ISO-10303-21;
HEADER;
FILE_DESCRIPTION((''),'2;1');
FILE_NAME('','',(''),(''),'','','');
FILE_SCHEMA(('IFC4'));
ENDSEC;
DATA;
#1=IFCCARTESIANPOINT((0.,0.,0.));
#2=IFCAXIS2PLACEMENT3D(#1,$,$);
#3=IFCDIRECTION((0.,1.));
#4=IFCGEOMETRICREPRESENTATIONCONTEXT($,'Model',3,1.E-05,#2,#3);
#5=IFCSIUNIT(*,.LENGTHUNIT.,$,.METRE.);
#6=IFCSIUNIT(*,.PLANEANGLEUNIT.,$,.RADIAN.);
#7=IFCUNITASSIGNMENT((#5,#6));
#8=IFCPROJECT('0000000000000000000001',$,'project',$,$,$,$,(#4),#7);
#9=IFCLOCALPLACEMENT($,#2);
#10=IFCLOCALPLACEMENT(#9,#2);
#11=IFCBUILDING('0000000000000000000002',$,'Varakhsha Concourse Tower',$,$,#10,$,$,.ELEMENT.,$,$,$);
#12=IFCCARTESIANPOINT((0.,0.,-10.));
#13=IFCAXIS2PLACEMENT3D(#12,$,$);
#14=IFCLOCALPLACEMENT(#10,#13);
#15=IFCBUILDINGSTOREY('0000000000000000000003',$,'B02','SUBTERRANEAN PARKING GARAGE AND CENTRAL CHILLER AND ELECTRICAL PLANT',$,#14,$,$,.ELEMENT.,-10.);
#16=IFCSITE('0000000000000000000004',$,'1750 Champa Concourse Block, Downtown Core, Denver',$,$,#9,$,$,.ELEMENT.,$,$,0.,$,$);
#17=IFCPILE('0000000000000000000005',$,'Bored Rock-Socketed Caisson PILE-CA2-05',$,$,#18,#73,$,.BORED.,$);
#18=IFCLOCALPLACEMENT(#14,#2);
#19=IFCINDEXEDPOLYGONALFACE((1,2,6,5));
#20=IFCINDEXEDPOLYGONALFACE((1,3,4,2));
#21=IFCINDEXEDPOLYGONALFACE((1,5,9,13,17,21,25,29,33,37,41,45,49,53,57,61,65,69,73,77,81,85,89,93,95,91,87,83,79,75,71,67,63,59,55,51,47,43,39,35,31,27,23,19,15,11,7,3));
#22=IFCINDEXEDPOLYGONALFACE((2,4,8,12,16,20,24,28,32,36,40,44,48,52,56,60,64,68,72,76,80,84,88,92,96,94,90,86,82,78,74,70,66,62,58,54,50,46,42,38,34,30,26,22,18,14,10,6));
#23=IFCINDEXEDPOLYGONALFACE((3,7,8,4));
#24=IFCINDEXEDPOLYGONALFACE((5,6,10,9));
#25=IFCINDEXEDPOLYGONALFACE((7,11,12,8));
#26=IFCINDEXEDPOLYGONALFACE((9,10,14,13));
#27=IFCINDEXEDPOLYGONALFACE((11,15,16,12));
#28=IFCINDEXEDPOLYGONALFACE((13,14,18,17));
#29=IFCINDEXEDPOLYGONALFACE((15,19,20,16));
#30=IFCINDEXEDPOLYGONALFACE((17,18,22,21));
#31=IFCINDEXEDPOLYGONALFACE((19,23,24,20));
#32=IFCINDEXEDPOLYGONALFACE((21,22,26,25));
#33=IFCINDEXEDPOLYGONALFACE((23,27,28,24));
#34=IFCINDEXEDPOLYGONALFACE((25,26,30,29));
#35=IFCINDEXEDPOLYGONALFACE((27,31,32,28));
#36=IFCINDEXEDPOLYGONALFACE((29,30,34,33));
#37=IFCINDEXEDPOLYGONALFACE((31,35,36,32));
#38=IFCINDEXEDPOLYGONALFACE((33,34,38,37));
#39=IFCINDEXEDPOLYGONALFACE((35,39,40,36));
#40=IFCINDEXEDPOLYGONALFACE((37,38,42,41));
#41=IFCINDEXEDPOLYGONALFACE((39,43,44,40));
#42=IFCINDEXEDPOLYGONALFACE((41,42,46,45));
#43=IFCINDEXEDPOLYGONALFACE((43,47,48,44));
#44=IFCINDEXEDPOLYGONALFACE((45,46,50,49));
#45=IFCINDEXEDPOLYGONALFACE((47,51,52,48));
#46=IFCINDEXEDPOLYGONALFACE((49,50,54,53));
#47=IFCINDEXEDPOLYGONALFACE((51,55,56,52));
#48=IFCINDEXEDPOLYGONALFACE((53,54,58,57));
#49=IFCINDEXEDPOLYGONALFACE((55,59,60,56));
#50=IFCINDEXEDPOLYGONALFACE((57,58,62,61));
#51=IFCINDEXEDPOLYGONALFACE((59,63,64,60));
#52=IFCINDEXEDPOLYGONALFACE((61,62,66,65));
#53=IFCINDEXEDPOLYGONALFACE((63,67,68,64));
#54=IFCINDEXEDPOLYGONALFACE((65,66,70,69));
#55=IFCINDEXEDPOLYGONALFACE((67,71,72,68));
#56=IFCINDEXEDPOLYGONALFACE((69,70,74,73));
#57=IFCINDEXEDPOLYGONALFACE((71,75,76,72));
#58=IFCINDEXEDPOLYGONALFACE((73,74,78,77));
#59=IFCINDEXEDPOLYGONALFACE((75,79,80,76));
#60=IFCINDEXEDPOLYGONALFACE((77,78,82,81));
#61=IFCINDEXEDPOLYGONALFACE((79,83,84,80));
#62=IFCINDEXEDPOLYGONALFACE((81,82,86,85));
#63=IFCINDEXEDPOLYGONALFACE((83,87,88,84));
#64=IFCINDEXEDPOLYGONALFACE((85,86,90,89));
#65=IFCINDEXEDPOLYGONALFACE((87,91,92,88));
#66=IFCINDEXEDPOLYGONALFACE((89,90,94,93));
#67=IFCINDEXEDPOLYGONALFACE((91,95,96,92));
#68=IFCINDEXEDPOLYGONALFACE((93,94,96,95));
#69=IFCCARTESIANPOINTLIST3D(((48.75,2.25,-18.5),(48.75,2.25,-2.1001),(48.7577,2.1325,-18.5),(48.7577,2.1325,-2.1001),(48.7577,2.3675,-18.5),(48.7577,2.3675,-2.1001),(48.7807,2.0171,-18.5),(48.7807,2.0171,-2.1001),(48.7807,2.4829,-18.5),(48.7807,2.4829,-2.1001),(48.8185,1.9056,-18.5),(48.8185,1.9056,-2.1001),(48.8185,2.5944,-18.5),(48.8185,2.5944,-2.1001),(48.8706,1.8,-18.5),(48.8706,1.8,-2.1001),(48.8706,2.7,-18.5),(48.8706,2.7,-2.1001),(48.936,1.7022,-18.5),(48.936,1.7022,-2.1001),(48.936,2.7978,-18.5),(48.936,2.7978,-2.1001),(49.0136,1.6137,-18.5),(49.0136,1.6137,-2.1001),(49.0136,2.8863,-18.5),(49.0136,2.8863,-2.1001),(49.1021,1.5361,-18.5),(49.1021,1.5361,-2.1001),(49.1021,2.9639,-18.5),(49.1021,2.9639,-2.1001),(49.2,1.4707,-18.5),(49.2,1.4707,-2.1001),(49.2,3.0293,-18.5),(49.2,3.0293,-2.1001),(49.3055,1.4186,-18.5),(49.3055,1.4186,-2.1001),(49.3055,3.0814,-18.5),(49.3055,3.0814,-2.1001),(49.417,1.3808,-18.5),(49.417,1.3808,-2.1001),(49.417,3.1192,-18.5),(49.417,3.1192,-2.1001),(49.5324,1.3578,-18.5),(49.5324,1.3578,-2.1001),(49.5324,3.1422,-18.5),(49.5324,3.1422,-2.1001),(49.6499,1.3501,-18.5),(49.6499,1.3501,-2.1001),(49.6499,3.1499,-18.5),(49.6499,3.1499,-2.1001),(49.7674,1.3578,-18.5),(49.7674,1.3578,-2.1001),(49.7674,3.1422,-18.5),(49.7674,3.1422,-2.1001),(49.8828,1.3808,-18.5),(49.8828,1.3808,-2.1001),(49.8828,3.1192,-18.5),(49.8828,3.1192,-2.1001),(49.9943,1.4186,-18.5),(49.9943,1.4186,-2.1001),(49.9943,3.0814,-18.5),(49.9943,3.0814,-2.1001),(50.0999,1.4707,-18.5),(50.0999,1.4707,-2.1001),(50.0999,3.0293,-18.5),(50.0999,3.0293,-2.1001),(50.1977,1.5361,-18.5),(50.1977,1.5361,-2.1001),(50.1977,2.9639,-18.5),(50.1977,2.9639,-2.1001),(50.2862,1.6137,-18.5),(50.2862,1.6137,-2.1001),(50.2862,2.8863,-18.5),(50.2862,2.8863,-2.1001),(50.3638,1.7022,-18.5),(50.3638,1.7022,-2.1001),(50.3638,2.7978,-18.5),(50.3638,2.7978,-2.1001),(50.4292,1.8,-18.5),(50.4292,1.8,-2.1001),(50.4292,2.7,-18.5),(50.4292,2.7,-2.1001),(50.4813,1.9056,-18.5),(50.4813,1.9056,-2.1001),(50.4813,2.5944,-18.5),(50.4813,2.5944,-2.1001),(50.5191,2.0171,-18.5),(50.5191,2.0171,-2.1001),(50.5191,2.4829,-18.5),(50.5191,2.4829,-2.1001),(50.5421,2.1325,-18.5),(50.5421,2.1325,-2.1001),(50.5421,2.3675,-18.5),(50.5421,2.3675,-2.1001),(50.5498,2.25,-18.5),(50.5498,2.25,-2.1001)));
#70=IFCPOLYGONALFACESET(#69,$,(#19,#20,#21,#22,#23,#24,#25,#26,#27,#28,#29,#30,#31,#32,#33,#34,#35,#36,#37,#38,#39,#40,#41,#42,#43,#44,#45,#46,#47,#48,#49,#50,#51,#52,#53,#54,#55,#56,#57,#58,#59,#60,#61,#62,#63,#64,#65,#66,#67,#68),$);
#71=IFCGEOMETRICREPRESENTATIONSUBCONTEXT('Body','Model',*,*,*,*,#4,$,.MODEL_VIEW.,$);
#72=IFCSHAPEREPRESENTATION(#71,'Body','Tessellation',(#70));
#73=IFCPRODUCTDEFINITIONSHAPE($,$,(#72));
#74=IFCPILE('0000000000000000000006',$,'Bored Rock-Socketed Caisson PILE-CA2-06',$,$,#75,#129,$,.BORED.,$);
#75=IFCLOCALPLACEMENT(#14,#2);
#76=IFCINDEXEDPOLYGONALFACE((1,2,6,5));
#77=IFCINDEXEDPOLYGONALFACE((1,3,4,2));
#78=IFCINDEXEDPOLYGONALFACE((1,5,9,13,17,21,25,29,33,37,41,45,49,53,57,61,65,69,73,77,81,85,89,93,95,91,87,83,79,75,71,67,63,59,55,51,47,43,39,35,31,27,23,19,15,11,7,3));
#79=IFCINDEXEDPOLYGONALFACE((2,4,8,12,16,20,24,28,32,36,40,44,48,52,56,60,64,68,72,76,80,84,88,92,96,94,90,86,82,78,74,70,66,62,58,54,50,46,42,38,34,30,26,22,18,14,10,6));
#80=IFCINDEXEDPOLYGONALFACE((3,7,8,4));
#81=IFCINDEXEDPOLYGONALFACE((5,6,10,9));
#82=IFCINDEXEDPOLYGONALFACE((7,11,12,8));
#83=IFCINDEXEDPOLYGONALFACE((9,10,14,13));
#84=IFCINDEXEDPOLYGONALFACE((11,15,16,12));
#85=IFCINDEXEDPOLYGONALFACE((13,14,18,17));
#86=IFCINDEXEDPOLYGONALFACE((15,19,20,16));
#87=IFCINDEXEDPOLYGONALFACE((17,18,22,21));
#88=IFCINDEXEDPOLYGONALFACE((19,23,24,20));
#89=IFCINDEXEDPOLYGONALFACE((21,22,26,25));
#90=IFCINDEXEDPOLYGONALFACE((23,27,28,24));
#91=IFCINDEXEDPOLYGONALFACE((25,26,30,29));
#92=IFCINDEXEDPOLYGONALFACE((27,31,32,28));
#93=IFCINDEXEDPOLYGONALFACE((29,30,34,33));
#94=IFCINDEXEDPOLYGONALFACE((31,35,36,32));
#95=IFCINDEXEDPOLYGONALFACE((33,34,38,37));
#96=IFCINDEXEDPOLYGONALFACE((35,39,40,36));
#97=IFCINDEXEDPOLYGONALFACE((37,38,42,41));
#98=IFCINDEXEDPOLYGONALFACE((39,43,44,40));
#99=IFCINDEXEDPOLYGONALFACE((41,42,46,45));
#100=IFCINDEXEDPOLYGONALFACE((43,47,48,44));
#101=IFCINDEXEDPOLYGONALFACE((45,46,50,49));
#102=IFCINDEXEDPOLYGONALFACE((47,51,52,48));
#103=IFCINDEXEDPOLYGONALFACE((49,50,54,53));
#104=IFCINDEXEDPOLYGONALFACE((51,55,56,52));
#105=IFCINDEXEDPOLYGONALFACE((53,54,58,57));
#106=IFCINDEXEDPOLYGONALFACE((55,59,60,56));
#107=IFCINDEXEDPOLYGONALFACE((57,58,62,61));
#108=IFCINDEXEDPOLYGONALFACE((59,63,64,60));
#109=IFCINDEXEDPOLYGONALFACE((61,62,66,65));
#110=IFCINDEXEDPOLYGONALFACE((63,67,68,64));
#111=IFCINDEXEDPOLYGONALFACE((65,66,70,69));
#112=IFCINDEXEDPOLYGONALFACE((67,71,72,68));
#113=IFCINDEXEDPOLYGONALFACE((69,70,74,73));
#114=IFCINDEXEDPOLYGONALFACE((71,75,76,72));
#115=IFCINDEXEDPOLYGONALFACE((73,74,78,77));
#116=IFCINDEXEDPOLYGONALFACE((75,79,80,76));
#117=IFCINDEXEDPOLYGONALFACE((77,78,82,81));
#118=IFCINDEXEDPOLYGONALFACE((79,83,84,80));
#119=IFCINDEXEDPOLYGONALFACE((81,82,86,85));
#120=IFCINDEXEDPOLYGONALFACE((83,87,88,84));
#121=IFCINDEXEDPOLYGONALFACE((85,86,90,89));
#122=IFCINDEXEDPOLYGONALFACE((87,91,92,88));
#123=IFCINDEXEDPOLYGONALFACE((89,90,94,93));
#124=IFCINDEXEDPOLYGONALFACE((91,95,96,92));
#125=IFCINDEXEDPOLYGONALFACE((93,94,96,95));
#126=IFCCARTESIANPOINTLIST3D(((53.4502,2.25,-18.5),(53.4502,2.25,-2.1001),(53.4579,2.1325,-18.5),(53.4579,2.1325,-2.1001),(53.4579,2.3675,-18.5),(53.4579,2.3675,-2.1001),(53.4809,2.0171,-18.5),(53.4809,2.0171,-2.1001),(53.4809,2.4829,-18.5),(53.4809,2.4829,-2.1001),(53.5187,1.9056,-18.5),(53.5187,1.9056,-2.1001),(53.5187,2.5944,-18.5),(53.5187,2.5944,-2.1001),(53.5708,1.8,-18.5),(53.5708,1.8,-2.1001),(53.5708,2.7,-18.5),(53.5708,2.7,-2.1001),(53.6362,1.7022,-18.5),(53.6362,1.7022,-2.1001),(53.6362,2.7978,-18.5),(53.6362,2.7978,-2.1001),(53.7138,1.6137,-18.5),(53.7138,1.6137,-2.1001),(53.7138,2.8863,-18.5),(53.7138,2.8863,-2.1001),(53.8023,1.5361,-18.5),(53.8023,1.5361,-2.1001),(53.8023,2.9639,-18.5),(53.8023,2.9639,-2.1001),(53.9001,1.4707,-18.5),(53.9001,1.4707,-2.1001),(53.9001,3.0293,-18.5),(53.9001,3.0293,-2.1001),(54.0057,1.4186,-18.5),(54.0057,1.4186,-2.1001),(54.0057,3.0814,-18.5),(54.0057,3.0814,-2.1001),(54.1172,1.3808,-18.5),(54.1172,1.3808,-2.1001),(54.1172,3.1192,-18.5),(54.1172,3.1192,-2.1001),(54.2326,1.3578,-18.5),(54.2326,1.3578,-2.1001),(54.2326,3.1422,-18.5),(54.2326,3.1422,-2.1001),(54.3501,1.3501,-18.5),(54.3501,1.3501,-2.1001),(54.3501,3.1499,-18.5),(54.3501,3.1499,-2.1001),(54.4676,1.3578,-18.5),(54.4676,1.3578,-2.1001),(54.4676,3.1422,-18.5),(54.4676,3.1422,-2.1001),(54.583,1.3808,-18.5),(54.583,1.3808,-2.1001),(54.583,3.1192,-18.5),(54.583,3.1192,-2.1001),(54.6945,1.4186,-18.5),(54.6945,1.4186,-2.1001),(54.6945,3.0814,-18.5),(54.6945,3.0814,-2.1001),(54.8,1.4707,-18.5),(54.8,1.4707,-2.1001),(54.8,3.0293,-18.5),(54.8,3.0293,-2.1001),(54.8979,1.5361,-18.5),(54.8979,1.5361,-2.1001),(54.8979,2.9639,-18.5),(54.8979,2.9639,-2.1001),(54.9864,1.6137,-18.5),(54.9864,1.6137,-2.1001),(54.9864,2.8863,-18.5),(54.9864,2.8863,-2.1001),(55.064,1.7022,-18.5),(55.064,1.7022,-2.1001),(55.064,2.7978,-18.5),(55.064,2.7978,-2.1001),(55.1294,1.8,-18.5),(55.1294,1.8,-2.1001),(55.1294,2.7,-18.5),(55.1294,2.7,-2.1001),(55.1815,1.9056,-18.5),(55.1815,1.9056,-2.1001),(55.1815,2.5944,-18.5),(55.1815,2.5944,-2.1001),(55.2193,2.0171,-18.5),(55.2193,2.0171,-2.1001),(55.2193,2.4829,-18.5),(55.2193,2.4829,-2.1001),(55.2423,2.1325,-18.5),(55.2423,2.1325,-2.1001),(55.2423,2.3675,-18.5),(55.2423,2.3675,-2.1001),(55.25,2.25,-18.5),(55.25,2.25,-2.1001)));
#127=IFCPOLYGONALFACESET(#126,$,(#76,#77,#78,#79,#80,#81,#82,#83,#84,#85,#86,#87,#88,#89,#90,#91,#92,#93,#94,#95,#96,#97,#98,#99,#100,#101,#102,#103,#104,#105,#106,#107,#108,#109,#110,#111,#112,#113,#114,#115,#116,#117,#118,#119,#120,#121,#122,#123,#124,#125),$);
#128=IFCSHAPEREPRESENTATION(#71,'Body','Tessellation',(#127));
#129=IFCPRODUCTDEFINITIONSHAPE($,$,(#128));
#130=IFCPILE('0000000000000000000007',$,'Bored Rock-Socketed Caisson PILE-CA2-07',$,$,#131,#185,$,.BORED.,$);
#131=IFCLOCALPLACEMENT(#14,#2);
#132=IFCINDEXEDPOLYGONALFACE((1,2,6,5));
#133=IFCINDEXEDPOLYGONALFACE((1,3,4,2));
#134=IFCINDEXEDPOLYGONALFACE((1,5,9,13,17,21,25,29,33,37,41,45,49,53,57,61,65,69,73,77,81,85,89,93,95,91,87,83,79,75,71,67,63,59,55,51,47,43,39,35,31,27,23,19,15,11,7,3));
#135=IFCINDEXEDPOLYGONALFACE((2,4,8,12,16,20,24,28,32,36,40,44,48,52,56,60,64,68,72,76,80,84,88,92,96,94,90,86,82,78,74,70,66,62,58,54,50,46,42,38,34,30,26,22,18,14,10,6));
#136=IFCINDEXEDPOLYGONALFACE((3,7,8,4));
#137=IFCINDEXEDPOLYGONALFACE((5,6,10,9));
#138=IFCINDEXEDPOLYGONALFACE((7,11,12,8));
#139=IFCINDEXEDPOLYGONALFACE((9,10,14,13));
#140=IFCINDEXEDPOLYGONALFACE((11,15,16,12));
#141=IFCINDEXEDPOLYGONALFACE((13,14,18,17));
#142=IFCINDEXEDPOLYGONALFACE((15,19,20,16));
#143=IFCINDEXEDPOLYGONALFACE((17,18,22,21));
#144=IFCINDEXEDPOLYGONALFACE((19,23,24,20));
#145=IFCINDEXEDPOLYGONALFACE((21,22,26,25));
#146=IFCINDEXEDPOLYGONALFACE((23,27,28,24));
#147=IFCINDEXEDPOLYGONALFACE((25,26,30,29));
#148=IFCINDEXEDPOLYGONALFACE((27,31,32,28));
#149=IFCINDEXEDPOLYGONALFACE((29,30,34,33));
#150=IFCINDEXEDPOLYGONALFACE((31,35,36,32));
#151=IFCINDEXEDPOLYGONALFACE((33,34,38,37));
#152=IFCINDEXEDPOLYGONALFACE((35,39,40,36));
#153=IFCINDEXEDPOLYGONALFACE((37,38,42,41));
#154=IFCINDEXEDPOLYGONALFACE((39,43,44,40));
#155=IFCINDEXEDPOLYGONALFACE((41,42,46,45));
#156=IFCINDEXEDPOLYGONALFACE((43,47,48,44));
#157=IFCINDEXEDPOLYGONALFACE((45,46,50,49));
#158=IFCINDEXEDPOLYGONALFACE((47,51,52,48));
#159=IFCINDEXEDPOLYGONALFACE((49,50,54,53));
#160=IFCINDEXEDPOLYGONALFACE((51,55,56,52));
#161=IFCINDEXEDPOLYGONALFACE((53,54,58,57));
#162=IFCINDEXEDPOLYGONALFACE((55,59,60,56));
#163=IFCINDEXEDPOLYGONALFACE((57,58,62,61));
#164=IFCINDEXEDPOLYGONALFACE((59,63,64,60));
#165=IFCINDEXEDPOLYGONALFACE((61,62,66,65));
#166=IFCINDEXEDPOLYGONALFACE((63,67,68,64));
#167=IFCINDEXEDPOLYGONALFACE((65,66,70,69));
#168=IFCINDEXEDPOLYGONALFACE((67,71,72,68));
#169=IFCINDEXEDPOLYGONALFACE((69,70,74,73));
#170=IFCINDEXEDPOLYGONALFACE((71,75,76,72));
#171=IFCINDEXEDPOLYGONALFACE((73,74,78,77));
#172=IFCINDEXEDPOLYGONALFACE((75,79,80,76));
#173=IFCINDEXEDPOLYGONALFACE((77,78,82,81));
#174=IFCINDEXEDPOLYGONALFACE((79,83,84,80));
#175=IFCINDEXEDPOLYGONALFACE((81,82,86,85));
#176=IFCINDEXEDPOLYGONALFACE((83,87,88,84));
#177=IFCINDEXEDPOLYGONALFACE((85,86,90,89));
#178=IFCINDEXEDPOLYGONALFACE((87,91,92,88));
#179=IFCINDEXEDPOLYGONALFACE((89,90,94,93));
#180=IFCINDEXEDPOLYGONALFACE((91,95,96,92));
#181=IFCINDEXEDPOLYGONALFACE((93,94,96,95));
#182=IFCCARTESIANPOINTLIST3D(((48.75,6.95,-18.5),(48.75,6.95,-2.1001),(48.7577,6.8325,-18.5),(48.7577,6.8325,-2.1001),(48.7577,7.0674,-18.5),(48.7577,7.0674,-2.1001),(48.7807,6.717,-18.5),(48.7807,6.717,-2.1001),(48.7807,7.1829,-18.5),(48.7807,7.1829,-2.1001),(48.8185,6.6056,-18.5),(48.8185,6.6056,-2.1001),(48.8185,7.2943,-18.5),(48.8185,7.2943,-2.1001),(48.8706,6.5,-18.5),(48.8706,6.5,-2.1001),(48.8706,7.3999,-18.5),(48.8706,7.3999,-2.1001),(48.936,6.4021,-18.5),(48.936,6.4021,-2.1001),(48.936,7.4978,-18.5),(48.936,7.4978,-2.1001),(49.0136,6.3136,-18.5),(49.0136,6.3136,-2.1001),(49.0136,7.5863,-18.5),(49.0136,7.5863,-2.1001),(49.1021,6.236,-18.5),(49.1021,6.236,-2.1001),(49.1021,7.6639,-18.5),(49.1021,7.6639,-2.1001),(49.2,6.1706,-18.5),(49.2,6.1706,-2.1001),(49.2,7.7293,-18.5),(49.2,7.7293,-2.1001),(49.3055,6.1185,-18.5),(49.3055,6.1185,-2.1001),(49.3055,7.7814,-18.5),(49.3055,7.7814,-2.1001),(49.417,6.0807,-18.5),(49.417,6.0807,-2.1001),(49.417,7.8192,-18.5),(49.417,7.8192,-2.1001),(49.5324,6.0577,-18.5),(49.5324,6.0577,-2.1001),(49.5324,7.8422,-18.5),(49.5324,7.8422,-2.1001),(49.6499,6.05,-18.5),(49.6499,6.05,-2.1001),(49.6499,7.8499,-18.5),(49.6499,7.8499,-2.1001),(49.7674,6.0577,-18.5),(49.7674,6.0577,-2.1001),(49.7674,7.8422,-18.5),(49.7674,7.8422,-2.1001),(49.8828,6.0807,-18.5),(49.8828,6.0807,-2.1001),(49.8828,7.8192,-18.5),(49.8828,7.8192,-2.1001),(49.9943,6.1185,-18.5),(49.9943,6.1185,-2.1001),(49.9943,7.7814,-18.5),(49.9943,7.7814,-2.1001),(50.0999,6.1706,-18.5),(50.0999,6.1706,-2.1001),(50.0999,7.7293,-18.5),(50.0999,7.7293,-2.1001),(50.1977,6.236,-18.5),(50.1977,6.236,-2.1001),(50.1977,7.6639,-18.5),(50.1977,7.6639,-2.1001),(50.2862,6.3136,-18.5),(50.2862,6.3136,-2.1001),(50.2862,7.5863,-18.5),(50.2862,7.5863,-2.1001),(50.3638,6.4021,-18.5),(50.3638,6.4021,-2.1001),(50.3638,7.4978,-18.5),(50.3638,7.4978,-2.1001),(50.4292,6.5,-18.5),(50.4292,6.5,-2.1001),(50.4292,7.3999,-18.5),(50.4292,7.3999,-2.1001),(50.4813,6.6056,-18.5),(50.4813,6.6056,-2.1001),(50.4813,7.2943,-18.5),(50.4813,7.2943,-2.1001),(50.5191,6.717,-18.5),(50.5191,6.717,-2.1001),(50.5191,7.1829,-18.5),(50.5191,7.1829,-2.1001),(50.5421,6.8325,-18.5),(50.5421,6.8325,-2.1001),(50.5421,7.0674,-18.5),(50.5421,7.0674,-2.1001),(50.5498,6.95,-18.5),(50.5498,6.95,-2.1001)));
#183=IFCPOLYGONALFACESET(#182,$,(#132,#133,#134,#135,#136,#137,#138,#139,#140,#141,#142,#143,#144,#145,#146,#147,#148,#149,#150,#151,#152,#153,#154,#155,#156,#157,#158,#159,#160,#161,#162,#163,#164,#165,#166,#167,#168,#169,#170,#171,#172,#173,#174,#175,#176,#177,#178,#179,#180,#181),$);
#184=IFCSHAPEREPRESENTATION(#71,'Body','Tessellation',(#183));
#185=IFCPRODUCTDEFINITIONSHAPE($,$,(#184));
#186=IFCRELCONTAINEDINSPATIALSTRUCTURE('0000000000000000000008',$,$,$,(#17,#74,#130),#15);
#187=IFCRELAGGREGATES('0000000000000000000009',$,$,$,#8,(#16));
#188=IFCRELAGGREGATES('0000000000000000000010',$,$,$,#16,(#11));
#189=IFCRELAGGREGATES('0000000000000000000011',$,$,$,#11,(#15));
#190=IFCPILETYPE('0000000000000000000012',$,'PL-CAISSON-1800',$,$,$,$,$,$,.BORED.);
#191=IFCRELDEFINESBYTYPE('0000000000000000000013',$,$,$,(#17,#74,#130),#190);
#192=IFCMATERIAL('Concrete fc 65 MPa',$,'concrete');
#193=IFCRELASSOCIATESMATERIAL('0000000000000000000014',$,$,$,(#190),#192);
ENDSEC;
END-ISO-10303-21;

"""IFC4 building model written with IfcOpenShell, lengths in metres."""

from ifc_helpers import new_model, si_unit, direction, frame, origin, origin_2d, place, context, subcontext, project, spatial, circle, extrude, material, material_profile, profile_set, type_object, element, save


model = new_model("IFC4")

# Units and contexts
model_context = context("Model", 3, precision=1e-05, world=origin(), true_north=direction((0.0, 1.0)))
body_context = subcontext(model_context, "Body", "Model", "MODEL_VIEW")
ifc_project = project(units=[si_unit("LENGTHUNIT", "METRE"), si_unit("PLANEANGLEUNIT", "RADIAN")], contexts=[model_context])

# Site, building, storey
site_placement = place(None, origin())
site = spatial("IfcSite", under=ifc_project, at=site_placement, Name="1750 Champa Concourse Block, Downtown Core, Denver", CompositionType="ELEMENT", RefElevation=0.0)
building_placement = place(site_placement, origin())
building = spatial("IfcBuilding", under=site, at=building_placement, Name="Varakhsha Concourse Tower", CompositionType="ELEMENT")
storey_placement = place(building_placement, frame((0.0, 0.0, -10.0)))
storey = spatial("IfcBuildingStorey", under=building, at=storey_placement, Name="B02", Description="SUBTERRANEAN PARKING GARAGE AND CENTRAL CHILLER AND ELECTRICAL PLANT", CompositionType="ELEMENT", Elevation=-10.0)

# Piles
ifc_material_1 = material(Name="Concrete fc 65 MPa", Category="concrete")
ifc_material_profile_1 = material_profile(ifc_material_1, circle(Radius=0.8999, at=origin_2d()), Name="CAISSON D1800")
ifc_profile_set_1 = profile_set([ifc_material_profile_1], Name="Concrete fc 65 MPa")
pile_type_1 = type_object("IfcPileType", Name="PL-CAISSON-1800", PredefinedType="BORED", material=ifc_profile_set_1)
for number, where, z_axis, x_axis, name in (
    (1, (49.6499, 2.25, -2.1001), (0.0, 0.0, -1.0), (1.0, 0.0, 0.0), "Bored Rock-Socketed Caisson PILE-CA2-05"),
    (2, (54.3501, 2.25, -2.1001), (0.0, 0.0, -1.0), (1.0, 0.0, 0.0), "Bored Rock-Socketed Caisson PILE-CA2-06"),
    (3, (49.6499, 6.95, -2.1001), (0.0, 0.0, -1.0), (1.0, 0.0, 0.0), "Bored Rock-Socketed Caisson PILE-CA2-07"),
):
    element("IfcPile", number, at=place(storey_placement, frame(where, z_axis=z_axis, x_axis=x_axis)), inside=storey, type_object=pile_type_1, Name=name, PredefinedType="BORED", context=body_context, shape_type="SweptSolid", body=[
        extrude(circle(Radius=0.8999, at=origin_2d()), origin(), (0.0, 0.0, 1.0), 16.3999),
    ])

save(model, "model.ifc")
